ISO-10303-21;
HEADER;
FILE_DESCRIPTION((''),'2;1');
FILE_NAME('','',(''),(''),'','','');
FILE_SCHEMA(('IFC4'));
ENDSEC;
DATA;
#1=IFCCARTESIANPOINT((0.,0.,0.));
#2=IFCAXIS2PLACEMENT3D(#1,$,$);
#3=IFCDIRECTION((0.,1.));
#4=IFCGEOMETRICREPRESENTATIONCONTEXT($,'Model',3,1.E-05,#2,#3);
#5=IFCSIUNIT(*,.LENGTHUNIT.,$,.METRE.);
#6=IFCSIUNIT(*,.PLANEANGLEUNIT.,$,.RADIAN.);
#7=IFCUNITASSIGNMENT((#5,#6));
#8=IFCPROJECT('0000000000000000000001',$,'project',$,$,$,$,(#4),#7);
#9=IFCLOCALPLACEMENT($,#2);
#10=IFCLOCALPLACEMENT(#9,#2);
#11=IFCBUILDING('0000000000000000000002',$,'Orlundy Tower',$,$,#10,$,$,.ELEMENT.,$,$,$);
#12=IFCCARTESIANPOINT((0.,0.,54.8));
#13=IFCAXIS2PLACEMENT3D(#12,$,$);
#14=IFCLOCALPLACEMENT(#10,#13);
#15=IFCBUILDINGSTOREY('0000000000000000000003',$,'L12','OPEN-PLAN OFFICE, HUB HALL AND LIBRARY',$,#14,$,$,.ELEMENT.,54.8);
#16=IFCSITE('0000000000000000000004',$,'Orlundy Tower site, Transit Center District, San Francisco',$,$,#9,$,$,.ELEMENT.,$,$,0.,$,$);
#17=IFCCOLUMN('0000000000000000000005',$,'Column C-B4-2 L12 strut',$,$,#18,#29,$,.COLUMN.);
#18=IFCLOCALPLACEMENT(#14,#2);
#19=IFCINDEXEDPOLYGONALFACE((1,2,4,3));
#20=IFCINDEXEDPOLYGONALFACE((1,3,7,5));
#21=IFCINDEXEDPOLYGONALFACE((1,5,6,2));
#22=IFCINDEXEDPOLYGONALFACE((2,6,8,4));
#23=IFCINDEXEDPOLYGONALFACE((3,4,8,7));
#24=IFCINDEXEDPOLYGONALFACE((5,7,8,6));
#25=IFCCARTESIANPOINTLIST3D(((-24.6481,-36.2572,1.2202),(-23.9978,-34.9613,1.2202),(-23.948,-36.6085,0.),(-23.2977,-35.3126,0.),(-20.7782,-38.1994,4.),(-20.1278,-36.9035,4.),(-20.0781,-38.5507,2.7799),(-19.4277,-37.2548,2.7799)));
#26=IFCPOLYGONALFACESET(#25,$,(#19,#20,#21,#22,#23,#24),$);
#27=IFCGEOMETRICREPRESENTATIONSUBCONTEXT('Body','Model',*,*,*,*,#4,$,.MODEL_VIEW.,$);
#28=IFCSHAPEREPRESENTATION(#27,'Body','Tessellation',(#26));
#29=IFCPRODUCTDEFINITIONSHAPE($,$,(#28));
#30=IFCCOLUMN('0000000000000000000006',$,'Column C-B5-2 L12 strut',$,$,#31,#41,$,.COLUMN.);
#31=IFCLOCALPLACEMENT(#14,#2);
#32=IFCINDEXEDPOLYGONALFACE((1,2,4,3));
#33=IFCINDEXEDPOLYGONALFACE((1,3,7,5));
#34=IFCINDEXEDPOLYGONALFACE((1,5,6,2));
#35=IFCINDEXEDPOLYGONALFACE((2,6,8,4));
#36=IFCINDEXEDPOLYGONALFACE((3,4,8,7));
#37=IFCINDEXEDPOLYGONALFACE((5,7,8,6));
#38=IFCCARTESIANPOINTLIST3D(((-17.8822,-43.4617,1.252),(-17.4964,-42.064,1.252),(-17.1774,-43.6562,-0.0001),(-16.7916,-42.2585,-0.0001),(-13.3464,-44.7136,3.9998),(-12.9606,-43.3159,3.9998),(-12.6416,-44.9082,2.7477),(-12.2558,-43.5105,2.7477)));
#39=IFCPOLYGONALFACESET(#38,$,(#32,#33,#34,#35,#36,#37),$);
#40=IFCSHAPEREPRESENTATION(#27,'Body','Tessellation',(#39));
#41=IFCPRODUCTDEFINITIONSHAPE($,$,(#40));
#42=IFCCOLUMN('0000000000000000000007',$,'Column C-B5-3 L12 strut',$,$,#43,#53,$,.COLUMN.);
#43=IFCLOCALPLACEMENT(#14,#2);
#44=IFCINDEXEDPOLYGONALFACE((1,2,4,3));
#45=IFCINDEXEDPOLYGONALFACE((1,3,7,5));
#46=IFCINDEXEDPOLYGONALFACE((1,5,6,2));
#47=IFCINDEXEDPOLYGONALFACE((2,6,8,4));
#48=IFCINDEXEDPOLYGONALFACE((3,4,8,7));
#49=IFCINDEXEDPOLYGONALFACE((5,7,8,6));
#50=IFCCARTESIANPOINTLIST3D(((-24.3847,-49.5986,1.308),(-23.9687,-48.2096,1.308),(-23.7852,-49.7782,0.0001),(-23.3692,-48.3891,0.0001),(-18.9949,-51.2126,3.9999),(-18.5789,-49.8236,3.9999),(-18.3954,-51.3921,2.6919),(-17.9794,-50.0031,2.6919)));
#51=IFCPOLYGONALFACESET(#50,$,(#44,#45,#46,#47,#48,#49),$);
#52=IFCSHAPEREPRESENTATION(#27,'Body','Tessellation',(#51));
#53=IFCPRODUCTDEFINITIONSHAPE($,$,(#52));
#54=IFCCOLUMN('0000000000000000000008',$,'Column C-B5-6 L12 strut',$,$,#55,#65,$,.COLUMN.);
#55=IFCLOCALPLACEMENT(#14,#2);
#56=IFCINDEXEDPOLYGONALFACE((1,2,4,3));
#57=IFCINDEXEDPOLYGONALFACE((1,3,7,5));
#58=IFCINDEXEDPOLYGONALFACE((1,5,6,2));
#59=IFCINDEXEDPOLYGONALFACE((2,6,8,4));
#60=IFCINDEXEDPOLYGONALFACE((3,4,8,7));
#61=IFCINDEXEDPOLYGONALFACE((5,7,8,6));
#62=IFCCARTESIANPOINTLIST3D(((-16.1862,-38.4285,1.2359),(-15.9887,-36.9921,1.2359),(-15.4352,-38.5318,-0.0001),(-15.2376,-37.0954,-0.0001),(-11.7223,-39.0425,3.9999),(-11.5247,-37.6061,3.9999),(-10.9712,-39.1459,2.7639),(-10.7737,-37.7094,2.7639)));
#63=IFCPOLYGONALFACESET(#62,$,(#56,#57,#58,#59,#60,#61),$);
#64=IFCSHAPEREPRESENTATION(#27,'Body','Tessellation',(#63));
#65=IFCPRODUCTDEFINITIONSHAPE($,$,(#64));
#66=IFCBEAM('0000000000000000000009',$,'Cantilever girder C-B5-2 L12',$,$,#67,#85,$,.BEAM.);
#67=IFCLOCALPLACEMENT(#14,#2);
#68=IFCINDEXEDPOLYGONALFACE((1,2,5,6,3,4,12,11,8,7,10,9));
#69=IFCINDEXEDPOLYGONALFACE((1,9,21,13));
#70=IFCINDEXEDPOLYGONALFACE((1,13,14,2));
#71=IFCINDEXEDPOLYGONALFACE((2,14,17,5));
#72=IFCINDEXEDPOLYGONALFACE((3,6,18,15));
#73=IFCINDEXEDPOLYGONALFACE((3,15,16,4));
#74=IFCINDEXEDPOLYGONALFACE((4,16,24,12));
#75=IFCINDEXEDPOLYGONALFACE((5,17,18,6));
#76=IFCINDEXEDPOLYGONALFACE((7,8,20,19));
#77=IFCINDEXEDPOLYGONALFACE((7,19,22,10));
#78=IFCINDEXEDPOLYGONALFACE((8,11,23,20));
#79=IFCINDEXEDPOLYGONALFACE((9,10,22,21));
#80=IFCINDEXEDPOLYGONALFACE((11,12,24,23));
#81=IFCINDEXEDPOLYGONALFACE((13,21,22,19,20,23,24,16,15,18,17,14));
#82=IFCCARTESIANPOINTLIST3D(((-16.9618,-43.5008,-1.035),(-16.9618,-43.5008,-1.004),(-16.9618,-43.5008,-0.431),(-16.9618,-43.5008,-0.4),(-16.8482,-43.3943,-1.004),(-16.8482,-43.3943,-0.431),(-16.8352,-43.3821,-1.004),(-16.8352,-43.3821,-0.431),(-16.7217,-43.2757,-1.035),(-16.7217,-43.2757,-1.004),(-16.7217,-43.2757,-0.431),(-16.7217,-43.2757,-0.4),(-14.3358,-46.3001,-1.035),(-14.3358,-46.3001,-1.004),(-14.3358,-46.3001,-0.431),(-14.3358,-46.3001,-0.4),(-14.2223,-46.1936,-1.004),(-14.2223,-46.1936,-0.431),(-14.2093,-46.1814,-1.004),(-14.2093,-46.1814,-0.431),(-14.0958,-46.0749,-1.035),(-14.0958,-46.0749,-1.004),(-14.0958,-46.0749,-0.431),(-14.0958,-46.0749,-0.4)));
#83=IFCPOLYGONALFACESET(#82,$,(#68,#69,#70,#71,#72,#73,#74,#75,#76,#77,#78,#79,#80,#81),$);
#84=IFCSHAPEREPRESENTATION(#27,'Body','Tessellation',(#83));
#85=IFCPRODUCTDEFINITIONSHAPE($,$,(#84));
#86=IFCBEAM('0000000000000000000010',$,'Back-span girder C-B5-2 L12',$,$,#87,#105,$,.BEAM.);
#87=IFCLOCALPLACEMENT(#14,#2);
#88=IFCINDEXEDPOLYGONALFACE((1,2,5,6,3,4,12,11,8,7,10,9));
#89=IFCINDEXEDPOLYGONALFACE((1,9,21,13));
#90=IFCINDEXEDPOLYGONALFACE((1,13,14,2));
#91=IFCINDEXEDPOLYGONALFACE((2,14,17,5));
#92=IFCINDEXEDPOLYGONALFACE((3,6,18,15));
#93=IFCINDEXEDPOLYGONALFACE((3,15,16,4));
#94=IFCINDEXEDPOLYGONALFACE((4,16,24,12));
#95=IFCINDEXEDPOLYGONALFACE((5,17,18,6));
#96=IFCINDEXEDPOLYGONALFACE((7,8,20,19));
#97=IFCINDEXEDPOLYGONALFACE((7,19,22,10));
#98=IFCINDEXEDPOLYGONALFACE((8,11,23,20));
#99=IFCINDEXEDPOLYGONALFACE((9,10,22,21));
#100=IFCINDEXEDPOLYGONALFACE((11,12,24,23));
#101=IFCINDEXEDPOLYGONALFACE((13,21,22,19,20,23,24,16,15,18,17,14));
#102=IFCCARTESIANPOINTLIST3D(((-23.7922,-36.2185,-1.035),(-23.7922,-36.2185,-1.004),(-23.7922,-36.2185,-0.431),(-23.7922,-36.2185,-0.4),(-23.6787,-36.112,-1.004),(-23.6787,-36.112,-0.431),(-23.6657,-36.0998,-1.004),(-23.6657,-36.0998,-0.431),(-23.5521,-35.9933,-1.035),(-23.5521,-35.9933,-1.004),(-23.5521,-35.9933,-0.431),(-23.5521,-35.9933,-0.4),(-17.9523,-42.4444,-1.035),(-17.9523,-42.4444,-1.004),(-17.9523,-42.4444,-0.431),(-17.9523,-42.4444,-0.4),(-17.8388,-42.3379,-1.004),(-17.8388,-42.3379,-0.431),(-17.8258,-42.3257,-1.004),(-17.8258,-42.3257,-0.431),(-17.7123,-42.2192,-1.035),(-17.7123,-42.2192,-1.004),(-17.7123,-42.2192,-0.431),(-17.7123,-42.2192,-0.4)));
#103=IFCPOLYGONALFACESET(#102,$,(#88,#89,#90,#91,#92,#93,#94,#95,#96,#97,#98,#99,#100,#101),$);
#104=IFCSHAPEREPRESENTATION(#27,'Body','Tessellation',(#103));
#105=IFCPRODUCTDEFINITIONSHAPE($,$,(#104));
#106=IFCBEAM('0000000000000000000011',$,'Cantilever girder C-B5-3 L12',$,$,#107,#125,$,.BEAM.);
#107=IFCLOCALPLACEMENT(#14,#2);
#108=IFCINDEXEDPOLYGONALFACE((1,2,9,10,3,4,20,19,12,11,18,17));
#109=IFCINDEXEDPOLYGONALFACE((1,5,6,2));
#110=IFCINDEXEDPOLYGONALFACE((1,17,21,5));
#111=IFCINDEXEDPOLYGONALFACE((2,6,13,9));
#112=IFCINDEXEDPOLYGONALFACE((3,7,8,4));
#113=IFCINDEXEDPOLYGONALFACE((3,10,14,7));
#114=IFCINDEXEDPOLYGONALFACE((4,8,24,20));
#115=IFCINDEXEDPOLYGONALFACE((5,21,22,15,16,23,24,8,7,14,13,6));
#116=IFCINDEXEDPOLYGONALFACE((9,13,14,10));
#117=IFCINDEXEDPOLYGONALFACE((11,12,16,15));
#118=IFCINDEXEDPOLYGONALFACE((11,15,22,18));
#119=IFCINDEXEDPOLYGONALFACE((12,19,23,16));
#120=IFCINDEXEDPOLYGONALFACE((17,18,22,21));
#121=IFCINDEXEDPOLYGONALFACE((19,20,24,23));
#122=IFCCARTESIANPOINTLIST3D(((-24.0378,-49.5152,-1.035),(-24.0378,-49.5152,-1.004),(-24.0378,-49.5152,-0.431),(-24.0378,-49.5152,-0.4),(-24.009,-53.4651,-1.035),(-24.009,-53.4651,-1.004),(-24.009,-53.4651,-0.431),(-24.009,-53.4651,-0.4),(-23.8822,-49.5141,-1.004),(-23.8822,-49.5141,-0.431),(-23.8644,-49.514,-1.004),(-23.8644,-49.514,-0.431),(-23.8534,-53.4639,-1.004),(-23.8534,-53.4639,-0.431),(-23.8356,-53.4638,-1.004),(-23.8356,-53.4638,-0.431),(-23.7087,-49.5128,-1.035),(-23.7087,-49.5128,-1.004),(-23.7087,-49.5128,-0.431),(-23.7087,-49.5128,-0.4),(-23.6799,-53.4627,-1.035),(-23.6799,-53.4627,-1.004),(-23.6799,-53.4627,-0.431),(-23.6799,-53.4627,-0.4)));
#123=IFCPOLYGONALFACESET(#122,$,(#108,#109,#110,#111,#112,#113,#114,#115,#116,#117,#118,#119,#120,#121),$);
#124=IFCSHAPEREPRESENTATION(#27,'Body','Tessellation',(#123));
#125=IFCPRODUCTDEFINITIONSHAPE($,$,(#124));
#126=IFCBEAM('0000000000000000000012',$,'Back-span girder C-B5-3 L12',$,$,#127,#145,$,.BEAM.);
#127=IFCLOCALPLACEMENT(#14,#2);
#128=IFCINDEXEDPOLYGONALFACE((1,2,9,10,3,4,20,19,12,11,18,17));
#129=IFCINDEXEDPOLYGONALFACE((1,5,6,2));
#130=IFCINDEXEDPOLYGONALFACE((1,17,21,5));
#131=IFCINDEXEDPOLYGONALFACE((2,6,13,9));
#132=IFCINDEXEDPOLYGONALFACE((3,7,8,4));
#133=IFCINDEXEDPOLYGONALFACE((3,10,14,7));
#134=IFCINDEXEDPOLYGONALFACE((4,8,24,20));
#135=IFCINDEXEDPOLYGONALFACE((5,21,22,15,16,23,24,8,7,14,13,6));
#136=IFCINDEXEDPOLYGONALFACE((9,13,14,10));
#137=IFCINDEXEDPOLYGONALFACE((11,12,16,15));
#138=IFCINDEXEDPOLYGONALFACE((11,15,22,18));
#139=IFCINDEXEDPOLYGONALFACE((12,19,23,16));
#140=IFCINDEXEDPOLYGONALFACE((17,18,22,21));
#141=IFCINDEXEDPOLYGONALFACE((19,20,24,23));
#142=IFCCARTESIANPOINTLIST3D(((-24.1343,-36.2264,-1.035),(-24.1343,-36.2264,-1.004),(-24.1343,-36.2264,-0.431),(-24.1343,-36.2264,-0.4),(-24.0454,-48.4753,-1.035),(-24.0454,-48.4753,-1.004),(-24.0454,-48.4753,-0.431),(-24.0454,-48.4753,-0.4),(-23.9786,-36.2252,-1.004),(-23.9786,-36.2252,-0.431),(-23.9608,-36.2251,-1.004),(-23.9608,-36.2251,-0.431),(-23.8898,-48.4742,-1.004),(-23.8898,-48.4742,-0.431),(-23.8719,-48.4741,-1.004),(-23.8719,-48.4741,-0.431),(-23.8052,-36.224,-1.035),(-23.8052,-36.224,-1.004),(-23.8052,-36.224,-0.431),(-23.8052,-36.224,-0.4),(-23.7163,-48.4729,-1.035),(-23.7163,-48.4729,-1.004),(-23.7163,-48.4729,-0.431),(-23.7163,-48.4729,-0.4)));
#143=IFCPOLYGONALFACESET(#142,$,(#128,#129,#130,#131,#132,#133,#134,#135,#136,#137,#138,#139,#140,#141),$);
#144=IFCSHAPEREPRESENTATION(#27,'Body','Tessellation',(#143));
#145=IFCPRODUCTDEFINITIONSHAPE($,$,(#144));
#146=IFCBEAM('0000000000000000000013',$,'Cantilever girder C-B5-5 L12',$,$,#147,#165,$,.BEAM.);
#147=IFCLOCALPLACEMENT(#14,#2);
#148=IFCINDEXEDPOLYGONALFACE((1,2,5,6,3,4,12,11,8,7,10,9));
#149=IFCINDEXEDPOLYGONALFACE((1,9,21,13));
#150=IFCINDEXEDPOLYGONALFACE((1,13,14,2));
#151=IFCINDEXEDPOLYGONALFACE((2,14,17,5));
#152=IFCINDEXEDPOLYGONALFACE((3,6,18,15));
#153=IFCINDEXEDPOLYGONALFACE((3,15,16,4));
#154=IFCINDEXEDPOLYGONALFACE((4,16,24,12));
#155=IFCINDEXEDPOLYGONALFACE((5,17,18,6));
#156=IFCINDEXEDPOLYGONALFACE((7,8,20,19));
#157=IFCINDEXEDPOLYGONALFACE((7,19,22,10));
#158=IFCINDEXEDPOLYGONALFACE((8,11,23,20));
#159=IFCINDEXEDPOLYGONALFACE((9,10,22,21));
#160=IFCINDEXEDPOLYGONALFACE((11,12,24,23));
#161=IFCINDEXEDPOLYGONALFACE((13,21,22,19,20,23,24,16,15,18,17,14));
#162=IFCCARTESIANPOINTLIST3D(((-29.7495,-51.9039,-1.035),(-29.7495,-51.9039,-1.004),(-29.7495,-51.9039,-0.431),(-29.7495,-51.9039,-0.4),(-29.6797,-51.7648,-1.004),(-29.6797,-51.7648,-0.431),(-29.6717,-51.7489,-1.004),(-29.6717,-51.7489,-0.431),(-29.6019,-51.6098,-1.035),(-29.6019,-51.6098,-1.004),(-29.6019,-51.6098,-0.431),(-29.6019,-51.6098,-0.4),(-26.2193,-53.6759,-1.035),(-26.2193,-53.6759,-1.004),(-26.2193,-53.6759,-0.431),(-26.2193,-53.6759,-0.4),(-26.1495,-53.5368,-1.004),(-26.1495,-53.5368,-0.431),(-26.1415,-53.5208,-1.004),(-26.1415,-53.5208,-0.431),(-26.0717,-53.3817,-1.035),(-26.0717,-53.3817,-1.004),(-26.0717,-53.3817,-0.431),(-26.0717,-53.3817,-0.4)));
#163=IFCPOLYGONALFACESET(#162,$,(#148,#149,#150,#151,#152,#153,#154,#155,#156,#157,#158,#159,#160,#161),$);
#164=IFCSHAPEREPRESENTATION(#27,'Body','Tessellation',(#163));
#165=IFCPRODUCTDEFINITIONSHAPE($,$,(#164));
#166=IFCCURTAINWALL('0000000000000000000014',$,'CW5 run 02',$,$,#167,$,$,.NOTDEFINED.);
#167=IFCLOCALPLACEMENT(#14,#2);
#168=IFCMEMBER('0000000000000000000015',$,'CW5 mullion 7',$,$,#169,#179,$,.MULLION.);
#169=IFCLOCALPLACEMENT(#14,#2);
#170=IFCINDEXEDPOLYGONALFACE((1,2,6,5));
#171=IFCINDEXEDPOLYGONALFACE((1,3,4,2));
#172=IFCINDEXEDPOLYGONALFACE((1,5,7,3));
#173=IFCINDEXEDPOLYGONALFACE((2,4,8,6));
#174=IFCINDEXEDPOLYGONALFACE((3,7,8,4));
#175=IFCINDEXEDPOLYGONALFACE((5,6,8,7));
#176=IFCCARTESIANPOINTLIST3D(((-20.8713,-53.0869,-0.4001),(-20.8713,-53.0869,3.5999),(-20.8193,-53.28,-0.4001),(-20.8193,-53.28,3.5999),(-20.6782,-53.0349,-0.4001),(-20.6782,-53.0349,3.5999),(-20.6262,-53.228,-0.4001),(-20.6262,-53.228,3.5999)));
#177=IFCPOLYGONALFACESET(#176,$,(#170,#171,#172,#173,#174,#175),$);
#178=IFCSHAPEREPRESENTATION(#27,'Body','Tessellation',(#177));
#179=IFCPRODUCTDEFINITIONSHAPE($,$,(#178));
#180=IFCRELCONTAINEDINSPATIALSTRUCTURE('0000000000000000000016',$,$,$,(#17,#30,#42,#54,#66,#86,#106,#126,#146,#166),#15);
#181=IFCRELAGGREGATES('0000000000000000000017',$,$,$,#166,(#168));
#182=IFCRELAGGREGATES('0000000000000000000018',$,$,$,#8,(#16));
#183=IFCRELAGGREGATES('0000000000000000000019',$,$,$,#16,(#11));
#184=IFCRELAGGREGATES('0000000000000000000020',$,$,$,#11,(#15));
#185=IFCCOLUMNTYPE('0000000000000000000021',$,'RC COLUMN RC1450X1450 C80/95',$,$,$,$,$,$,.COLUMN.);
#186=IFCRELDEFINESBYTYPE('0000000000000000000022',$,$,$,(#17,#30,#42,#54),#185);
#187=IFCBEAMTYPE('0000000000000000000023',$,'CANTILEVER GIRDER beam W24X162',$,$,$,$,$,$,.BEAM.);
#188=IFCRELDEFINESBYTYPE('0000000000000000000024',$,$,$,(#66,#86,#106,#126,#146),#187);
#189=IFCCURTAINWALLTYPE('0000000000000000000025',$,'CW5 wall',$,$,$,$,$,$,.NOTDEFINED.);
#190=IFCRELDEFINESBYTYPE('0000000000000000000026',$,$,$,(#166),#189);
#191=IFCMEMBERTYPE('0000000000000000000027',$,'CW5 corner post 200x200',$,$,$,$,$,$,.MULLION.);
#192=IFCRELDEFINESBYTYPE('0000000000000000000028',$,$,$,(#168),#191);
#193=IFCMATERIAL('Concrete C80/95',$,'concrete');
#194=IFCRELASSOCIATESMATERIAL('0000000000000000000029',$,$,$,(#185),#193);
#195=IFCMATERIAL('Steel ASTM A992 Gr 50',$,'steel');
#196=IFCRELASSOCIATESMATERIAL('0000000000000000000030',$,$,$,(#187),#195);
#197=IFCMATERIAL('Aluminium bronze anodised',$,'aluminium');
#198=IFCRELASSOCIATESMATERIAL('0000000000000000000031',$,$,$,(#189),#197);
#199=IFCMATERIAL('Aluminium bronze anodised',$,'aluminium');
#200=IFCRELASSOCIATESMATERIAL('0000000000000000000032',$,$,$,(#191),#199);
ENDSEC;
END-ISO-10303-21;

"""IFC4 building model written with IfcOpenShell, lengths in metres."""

from ifc_helpers import new_model, si_unit, direction, frame, origin, origin_2d, place, context, subcontext, project, spatial, rectangle, i_section, extrude, material, material_profile, profile_set, type_object, element, aggregate, save


model = new_model("IFC4")

# Units and contexts
model_context = context("Model", 3, precision=1e-05, world=origin(), true_north=direction((0.0, 1.0)))
body_context = subcontext(model_context, "Body", "Model", "MODEL_VIEW")
ifc_project = project(units=[si_unit("LENGTHUNIT", "METRE"), si_unit("PLANEANGLEUNIT", "RADIAN")], contexts=[model_context])

# Site, building, storey
site_placement = place(None, origin())
site = spatial("IfcSite", under=ifc_project, at=site_placement, Name="Orlundy Tower site, Transit Center District, San Francisco", CompositionType="ELEMENT", RefElevation=0.0)
building_placement = place(site_placement, origin())
building = spatial("IfcBuilding", under=site, at=building_placement, Name="Orlundy Tower", CompositionType="ELEMENT")
storey_placement = place(building_placement, frame((0.0, 0.0, 54.8)))
storey = spatial("IfcBuildingStorey", under=building, at=storey_placement, Name="L12", Description="OPEN-PLAN OFFICE, HUB HALL AND LIBRARY", CompositionType="ELEMENT", Elevation=54.8)

# Columns
ifc_material_1 = material(Name="Concrete C80/95", Category="concrete")
ifc_material_profile_1 = material_profile(ifc_material_1, rectangle(XDim=1.45, YDim=1.45, at=origin_2d()), Name="RC1450X1450")
ifc_profile_set_1 = profile_set([ifc_material_profile_1], Name="Concrete C80/95")
column_type = type_object("IfcColumnType", Name="RC COLUMN RC1450X1450 C80/95", PredefinedType="COLUMN", material=ifc_profile_set_1)
column_1_placement = place(storey_placement, frame((-23.9729, -35.7849, 0.6101), z_axis=(0.752105, -0.377452, 0.540248), x_axis=(0.448544, 0.893761, 0.0)))
element("IfcColumn", 1, at=column_1_placement, inside=storey, type_object=column_type, Name="Column C-B4-2 L12 strut", PredefinedType="COLUMN", context=body_context, shape_type="SweptSolid", body=[
    extrude(rectangle(XDim=1.45, YDim=1.45, at=origin_2d()), origin(), (0.0, 0.0, 1.0), 5.1455),
])
column_2_placement = place(storey_placement, frame((-17.3369, -42.8601, 0.626), z_axis=(0.832419, -0.229756, 0.504272), x_axis=(0.266062, 0.963956, 0.0)))
element("IfcColumn", 2, at=column_2_placement, inside=storey, type_object=column_type, Name="Column C-B5-2 L12 strut", PredefinedType="COLUMN", context=body_context, shape_type="SweptSolid", body=[
    extrude(rectangle(XDim=1.45, YDim=1.45, at=origin_2d()), origin(), (0.0, 0.0, 1.0), 5.449),
])
column_3_placement = place(storey_placement, frame((-23.877, -48.9939, 0.6541), z_axis=(0.864157, -0.258773, 0.431589), x_axis=(0.286866, 0.957971, 0.0)))
element("IfcColumn", 3, at=column_3_placement, inside=storey, type_object=column_type, Name="Column C-B5-3 L12 strut", PredefinedType="COLUMN", context=body_context, shape_type="SweptSolid", body=[
    extrude(rectangle(XDim=1.45, YDim=1.45, at=origin_2d()), origin(), (0.0, 0.0, 1.0), 6.2371),
])
column_4_placement = place(storey_placement, frame((-15.7119, -37.762, 0.6179), z_axis=(0.844461, -0.116157, 0.52287), x_axis=(0.136269, 0.990672, 0.0)))
element("IfcColumn", 4, at=column_4_placement, inside=storey, type_object=column_type, Name="Column C-B5-6 L12 strut", PredefinedType="COLUMN", context=body_context, shape_type="SweptSolid", body=[
    extrude(rectangle(XDim=1.45, YDim=1.45, at=origin_2d()), origin(), (0.0, 0.0, 1.0), 5.2861),
])

# Beams
ifc_material_2 = material(Name="Steel ASTM A992 Gr 50", Category="steel")
ifc_material_profile_2 = material_profile(ifc_material_2, i_section(OverallWidth=0.3291, OverallDepth=0.635, WebThickness=0.0178, FlangeThickness=0.031, at=origin_2d()), Name="W24X162")
ifc_profile_set_2 = profile_set([ifc_material_profile_2], Name="Steel ASTM A992 Gr 50")
beam_type = type_object("IfcBeamType", Name="CANTILEVER GIRDER beam W24X162", PredefinedType="BEAM", material=ifc_profile_set_2)
beam_1_placement = place(storey_placement, frame((-14.2158, -46.1875, -0.7175), z_axis=(-0.684165, 0.729327, 0.0), x_axis=(-0.729327, -0.684165, 0.0)))
element("IfcBeam", 5, at=beam_1_placement, inside=storey, type_object=beam_type, Name="Cantilever girder C-B5-2 L12", PredefinedType="BEAM", context=body_context, shape_type="SweptSolid", body=[
    extrude(i_section(OverallWidth=0.3291, OverallDepth=0.635, WebThickness=0.0178, FlangeThickness=0.031, at=origin_2d()), origin(), (0.0, 0.0, 1.0), 3.8381),
])
beam_2_placement = place(storey_placement, frame((-17.8323, -42.3318, -0.7175), z_axis=(-0.684136, 0.729354, 0.0), x_axis=(-0.729354, -0.684136, 0.0)))
element("IfcBeam", 6, at=beam_2_placement, inside=storey, type_object=beam_type, Name="Back-span girder C-B5-2 L12", PredefinedType="BEAM", context=body_context, shape_type="SweptSolid", body=[
    extrude(i_section(OverallWidth=0.3291, OverallDepth=0.635, WebThickness=0.0178, FlangeThickness=0.031, at=origin_2d()), origin(), (0.0, 0.0, 1.0), 8.5361),
])
beam_3_placement = place(storey_placement, frame((-23.8445, -53.4639, -0.7175), z_axis=(-0.007293, 0.999973, 0.0), x_axis=(-0.999973, -0.007293, 0.0)))
element("IfcBeam", 7, at=beam_3_placement, inside=storey, type_object=beam_type, Name="Cantilever girder C-B5-3 L12", PredefinedType="BEAM", context=body_context, shape_type="SweptSolid", body=[
    extrude(i_section(OverallWidth=0.3291, OverallDepth=0.635, WebThickness=0.0178, FlangeThickness=0.031, at=origin_2d()), origin(), (0.0, 0.0, 1.0), 3.95),
])
beam_4_placement = place(storey_placement, frame((-23.8809, -48.4741, -0.7175), z_axis=(-0.007255, 0.999974, 0.0), x_axis=(-0.999974, -0.007255, 0.0)))
element("IfcBeam", 8, at=beam_4_placement, inside=storey, type_object=beam_type, Name="Back-span girder C-B5-3 L12", PredefinedType="BEAM", context=body_context, shape_type="SweptSolid", body=[
    extrude(i_section(OverallWidth=0.3291, OverallDepth=0.635, WebThickness=0.0178, FlangeThickness=0.031, at=origin_2d()), origin(), (0.0, 0.0, 1.0), 12.2493),
])
beam_5_placement = place(storey_placement, frame((-26.1455, -53.5288, -0.7175), z_axis=(-0.893734, 0.448598, 0.0), x_axis=(-0.448598, -0.893734, 0.0)))
element("IfcBeam", 9, at=beam_5_placement, inside=storey, type_object=beam_type, Name="Cantilever girder C-B5-5 L12", PredefinedType="BEAM", context=body_context, shape_type="SweptSolid", body=[
    extrude(i_section(OverallWidth=0.3291, OverallDepth=0.635, WebThickness=0.0178, FlangeThickness=0.031, at=origin_2d()), origin(), (0.0, 0.0, 1.0), 3.95),
])

# Curtain wall, member
ifc_material_3 = material(Name="Aluminium bronze anodised", Category="aluminium")
curtain_wall_type = type_object("IfcCurtainWallType", Name="CW5 wall", PredefinedType="NOTDEFINED", material=ifc_material_3)
curtain_wall_1_placement = place(storey_placement, origin())
curtain_wall_1 = element("IfcCurtainWall", 10, at=curtain_wall_1_placement, inside=storey, type_object=curtain_wall_type, Name="CW5 run 02", PredefinedType="NOTDEFINED")
ifc_material_4 = material(Name="Aluminium bronze anodised", Category="aluminium")
ifc_material_profile_3 = material_profile(ifc_material_4, rectangle(XDim=0.2, YDim=0.2, at=origin_2d()), Name="CW5 corner post 200x200")
ifc_profile_set_3 = profile_set([ifc_material_profile_3], Name="Aluminium bronze anodised")
member_type_1 = type_object("IfcMemberType", Name="CW5 corner post 200x200", PredefinedType="MULLION", material=ifc_profile_set_3)
member_1_placement = place(storey_placement, frame((-20.7488, -53.1575, -0.4001), z_axis=(0.0, 0.0, 1.0), x_axis=(0.26008, -0.965587, 0.0)))
member_1 = element("IfcMember", 11, at=member_1_placement, type_object=member_type_1, Name="CW5 mullion 7", PredefinedType="MULLION", context=body_context, shape_type="SweptSolid", body=[
    extrude(rectangle(XDim=0.2, YDim=0.2, at=origin_2d()), origin(), (0.0, 0.0, 1.0), 4.0),
])

aggregate(curtain_wall_1, [member_1])

save(model, "model.ifc")
